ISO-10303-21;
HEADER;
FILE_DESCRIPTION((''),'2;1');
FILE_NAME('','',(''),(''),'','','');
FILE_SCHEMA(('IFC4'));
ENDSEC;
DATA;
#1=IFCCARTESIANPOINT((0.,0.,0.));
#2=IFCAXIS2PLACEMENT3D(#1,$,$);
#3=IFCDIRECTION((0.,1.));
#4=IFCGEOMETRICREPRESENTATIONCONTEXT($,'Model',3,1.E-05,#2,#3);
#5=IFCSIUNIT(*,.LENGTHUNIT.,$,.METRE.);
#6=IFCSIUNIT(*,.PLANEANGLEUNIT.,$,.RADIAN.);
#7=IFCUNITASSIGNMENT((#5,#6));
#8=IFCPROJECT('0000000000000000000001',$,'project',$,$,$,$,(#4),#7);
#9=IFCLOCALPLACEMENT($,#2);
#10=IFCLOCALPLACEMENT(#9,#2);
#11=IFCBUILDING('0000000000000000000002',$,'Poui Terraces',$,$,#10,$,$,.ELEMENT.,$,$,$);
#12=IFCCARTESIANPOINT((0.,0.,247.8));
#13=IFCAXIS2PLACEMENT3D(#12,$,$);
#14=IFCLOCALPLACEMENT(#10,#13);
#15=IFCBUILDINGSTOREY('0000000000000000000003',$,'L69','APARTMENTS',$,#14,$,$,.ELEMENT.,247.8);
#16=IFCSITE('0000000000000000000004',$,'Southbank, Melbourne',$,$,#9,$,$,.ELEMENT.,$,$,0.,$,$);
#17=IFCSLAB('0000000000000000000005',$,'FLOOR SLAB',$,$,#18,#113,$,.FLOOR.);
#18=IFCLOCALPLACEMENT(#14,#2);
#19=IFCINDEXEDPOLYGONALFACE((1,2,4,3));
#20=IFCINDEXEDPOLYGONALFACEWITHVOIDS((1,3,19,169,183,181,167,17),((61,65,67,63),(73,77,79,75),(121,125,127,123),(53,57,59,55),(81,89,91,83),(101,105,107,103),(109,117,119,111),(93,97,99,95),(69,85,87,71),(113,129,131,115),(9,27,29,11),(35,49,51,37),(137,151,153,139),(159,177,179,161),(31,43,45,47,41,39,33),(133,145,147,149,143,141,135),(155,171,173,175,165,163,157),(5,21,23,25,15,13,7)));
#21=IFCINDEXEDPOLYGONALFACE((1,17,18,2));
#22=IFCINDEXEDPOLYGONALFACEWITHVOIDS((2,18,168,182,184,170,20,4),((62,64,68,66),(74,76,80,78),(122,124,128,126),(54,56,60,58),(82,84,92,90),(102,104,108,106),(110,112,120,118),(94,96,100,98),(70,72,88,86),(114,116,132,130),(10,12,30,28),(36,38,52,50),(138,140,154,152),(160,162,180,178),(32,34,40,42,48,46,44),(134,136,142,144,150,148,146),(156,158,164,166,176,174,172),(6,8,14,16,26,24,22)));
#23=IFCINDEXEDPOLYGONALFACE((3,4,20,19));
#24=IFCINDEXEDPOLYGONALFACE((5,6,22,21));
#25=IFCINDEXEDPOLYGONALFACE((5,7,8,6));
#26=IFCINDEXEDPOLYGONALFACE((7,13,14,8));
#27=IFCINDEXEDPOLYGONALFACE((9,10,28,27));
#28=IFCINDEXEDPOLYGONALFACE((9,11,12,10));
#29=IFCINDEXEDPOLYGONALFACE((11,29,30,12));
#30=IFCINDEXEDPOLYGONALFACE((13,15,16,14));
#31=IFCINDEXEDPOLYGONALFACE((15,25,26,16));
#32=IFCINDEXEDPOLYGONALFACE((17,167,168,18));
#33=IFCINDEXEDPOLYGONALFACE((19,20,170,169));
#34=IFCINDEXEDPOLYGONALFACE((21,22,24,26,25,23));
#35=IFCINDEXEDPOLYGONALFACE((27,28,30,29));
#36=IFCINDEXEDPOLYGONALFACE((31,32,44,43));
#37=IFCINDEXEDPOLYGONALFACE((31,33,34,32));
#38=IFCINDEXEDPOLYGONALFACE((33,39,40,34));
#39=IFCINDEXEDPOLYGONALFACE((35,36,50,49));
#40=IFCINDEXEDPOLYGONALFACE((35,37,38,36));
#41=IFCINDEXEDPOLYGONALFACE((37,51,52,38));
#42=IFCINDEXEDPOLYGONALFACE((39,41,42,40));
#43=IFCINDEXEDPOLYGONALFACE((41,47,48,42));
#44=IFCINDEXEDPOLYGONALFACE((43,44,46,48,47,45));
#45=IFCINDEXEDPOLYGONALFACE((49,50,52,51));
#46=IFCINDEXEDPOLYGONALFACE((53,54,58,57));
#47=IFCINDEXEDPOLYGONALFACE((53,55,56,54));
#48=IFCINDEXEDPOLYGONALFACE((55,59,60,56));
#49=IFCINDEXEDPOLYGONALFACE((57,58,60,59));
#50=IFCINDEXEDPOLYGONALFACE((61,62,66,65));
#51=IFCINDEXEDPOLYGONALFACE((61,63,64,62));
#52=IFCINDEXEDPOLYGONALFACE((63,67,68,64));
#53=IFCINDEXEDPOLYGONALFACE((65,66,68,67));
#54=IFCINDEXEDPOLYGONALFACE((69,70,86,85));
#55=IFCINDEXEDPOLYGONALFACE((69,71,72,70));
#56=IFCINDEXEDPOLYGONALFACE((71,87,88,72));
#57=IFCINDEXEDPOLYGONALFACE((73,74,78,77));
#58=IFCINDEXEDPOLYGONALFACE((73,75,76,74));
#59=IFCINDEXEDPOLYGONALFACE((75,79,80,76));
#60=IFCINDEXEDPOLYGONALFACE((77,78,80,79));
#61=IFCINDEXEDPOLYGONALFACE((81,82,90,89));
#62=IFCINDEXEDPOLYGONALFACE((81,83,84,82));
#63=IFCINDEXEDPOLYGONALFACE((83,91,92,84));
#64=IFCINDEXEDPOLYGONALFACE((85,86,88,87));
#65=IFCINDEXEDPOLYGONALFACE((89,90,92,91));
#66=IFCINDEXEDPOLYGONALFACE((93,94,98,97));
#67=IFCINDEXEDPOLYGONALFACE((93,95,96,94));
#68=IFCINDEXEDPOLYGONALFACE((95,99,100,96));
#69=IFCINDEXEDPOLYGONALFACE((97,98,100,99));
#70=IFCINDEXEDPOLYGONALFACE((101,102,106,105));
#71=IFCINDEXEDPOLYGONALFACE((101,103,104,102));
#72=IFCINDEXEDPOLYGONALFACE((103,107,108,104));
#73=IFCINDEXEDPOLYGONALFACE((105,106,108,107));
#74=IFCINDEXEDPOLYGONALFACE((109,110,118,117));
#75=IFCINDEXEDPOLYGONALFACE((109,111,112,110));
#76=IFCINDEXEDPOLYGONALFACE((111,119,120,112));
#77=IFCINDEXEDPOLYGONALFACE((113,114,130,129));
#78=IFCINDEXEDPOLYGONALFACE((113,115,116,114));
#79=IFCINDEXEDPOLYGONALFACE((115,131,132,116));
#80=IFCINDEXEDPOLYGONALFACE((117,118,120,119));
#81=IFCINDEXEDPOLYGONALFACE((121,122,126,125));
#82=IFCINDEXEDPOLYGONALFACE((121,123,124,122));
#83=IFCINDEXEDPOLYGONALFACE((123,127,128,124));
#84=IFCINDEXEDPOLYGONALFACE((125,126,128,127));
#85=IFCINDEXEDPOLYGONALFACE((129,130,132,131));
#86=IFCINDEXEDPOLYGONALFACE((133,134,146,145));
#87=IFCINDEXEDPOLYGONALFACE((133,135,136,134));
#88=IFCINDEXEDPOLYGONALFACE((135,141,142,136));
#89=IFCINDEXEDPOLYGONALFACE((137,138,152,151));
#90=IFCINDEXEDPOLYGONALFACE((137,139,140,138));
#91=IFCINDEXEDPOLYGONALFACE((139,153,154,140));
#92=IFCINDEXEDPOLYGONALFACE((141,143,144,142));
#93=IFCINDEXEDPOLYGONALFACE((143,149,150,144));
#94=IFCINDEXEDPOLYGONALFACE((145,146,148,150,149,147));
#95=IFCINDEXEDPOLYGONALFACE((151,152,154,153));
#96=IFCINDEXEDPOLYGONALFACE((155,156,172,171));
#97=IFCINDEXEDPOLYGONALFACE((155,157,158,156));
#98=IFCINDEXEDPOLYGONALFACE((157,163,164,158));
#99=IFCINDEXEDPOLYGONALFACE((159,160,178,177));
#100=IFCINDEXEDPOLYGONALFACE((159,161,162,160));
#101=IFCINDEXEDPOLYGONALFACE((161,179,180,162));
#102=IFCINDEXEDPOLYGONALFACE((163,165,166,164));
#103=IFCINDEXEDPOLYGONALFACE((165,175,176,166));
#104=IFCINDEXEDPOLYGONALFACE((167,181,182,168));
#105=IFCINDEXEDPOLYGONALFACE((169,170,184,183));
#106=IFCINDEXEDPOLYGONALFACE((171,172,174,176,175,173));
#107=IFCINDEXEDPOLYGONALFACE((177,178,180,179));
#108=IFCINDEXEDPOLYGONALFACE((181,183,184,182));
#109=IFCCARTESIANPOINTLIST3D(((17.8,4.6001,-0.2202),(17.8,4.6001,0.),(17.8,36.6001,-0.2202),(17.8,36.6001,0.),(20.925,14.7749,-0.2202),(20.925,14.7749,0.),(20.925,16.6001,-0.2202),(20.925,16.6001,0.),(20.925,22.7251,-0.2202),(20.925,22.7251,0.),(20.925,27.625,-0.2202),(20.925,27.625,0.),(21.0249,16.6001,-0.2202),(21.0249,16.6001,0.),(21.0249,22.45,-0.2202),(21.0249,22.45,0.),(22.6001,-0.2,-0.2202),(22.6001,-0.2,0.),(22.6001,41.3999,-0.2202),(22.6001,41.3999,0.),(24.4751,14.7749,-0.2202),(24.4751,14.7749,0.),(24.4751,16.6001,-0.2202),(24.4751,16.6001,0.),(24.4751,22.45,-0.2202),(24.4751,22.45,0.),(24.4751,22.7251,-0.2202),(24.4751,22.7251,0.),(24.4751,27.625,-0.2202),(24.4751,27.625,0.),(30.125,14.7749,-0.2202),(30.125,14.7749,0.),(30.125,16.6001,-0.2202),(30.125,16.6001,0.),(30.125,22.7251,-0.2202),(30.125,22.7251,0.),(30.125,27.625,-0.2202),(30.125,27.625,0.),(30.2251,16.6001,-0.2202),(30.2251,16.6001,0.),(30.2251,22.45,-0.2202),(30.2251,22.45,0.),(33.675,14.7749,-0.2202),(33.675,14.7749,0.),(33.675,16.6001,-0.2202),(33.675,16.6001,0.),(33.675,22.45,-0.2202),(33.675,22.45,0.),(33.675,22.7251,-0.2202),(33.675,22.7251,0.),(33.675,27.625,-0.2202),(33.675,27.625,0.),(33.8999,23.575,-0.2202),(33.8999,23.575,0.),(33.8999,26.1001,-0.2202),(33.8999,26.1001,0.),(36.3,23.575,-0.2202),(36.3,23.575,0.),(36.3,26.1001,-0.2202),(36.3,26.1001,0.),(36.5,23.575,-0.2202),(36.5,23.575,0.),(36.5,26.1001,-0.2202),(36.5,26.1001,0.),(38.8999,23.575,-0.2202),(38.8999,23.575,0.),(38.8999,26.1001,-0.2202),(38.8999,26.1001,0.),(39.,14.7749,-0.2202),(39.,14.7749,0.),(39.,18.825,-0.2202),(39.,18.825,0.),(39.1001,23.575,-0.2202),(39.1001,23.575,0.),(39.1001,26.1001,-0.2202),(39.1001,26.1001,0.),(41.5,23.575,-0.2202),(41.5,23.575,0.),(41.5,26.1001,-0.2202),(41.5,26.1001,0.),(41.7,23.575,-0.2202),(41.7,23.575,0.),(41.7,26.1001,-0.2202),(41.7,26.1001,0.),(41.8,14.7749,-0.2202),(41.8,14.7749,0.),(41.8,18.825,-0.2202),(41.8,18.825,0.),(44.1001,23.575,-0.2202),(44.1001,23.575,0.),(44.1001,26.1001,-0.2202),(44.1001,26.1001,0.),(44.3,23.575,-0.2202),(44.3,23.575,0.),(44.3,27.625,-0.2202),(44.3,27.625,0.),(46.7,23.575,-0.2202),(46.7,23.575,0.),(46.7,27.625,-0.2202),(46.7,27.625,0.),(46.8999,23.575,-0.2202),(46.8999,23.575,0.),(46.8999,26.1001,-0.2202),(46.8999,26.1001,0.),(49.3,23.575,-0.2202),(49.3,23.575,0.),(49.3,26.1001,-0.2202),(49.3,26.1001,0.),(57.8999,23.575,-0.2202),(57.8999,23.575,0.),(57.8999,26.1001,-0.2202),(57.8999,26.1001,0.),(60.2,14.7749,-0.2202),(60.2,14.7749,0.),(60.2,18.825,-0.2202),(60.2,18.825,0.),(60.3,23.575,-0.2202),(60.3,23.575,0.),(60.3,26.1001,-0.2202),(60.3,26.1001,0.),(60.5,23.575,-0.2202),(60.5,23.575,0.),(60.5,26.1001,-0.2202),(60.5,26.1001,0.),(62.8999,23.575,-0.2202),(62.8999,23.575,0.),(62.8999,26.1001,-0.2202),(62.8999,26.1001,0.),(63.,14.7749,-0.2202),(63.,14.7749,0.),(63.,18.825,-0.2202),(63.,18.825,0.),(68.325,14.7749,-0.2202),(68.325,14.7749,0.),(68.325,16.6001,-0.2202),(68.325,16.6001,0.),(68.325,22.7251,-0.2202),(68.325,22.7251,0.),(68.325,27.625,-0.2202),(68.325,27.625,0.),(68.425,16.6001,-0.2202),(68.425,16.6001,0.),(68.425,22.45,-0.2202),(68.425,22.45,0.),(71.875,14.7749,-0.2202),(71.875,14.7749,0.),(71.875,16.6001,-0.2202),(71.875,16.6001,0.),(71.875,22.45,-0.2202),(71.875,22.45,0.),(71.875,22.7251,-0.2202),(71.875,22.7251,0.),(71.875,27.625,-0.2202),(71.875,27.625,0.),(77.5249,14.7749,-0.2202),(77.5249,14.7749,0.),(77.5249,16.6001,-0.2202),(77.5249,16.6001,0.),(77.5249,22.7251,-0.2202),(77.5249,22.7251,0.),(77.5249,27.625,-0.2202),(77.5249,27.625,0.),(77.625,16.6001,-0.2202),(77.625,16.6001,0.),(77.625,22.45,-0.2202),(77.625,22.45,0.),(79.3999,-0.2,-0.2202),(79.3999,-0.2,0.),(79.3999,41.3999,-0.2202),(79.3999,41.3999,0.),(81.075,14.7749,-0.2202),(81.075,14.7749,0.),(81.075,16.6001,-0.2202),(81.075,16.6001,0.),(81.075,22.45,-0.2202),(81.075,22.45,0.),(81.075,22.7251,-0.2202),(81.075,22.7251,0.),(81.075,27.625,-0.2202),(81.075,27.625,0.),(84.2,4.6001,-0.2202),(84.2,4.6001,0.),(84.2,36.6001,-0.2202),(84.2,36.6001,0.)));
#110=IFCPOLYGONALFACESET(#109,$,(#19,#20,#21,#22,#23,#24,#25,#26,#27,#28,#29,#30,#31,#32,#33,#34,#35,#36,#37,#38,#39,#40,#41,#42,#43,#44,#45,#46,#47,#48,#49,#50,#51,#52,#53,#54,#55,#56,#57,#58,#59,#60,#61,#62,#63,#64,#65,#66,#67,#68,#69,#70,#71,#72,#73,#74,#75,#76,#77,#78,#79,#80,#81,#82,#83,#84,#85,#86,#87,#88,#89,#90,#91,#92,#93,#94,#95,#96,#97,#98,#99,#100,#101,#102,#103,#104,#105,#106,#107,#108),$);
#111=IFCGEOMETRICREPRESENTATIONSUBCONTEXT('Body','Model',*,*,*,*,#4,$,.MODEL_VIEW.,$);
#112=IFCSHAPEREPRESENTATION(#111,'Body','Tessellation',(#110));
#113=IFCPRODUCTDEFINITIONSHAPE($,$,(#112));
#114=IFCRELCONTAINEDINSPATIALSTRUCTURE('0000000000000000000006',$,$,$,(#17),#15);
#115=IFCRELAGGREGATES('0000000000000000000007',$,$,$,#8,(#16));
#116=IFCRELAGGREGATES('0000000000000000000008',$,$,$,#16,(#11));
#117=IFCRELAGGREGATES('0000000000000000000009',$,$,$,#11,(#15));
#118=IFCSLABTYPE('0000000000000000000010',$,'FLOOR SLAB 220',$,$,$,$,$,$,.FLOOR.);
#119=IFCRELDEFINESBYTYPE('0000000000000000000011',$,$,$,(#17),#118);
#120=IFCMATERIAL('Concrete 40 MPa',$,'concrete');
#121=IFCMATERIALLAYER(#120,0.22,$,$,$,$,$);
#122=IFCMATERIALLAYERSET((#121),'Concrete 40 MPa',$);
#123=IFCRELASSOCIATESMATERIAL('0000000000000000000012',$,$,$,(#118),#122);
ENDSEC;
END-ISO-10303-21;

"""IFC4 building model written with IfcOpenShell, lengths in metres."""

from ifc_helpers import new_model, si_unit, direction, frame, origin, place, context, subcontext, project, spatial, polyline, outline, extrude, source, transform, mapped, material, layer, layer_set, type_object, element, save


model = new_model("IFC4")

# Units and contexts
model_context = context("Model", 3, precision=1e-05, world=origin(), true_north=direction((0.0, 1.0)))
body_context = subcontext(model_context, "Body", "Model", "MODEL_VIEW")
ifc_project = project(units=[si_unit("LENGTHUNIT", "METRE"), si_unit("PLANEANGLEUNIT", "RADIAN")], contexts=[model_context])

# Site, building, storey
site_placement = place(None, origin())
site = spatial("IfcSite", under=ifc_project, at=site_placement, Name="Southbank, Melbourne", CompositionType="ELEMENT", RefElevation=0.0)
building_placement = place(site_placement, origin())
building = spatial("IfcBuilding", under=site, at=building_placement, Name="Poui Terraces", CompositionType="ELEMENT")
storey_placement = place(building_placement, frame((0.0, 0.0, 247.8)))
storey = spatial("IfcBuildingStorey", under=building, at=storey_placement, Name="L69", Description="APARTMENTS", CompositionType="ELEMENT", Elevation=247.8)

# Slab
ifc_material = material(Name="Concrete 40 MPa", Category="concrete")
ifc_layer = layer(ifc_material, 0.22)
ifc_layer_set = layer_set([ifc_layer], Name="Concrete 40 MPa")
slab_type = type_object("IfcSlabType", Name="FLOOR SLAB 220", PredefinedType="FLOOR", material=ifc_layer_set)
shared_shape = source(origin(), body_context, "Body", "SweptSolid", [
    extrude(outline(polyline([(0.0, 0.0), (4.8, -4.8), (61.5999, -4.8), (66.3999, 0.0), (66.3999, 32.0), (61.5999, 36.7998), (4.8, 36.7998), (0.0, 32.0), (0.0, 0.0)]), holes=[polyline([(21.2, 10.1748), (21.2, 14.2249), (24.0, 14.2249), (24.0, 10.1748), (21.2, 10.1748)]), polyline([(3.2249, 17.8499), (6.675, 17.8499), (6.675, 12.0), (6.675, 10.1748), (3.125, 10.1748), (3.125, 12.0), (3.2249, 12.0), (3.2249, 17.8499)]), polyline([(12.425, 17.8499), (15.875, 17.8499), (15.875, 12.0), (15.875, 10.1748), (12.325, 10.1748), (12.325, 12.0), (12.425, 12.0), (12.425, 17.8499)]), polyline([(16.0999, 18.9749), (16.0999, 21.5), (18.5, 21.5), (18.5, 18.9749), (16.0999, 18.9749)]), polyline([(18.7, 18.9749), (18.7, 21.5), (21.0999, 21.5), (21.0999, 18.9749), (18.7, 18.9749)]), polyline([(21.3, 18.9749), (21.3, 21.5), (23.7, 21.5), (23.7, 18.9749), (21.3, 18.9749)]), polyline([(23.8999, 18.9749), (23.8999, 21.5), (26.3, 21.5), (26.3, 18.9749), (23.8999, 18.9749)]), polyline([(3.125, 23.0249), (6.675, 23.0249), (6.675, 18.125), (3.125, 18.125), (3.125, 23.0249)]), polyline([(12.325, 23.0249), (15.875, 23.0249), (15.875, 18.125), (12.325, 18.125), (12.325, 23.0249)]), polyline([(42.3999, 10.1748), (42.3999, 14.2249), (45.2, 14.2249), (45.2, 10.1748), (42.3999, 10.1748)]), polyline([(50.625, 17.8499), (54.075, 17.8499), (54.075, 12.0), (54.075, 10.1748), (50.5249, 10.1748), (50.5249, 12.0), (50.625, 12.0), (50.625, 17.8499)]), polyline([(59.825, 17.8499), (63.2749, 17.8499), (63.2749, 12.0), (63.2749, 10.1748), (59.7249, 10.1748), (59.7249, 12.0), (59.825, 12.0), (59.825, 17.8499)]), polyline([(29.0999, 18.9749), (29.0999, 21.5), (31.5, 21.5), (31.5, 18.9749), (29.0999, 18.9749)]), polyline([(40.0999, 18.9749), (40.0999, 21.5), (42.5, 21.5), (42.5, 18.9749), (40.0999, 18.9749)]), polyline([(42.7, 18.9749), (42.7, 21.5), (45.0999, 21.5), (45.0999, 18.9749), (42.7, 18.9749)]), polyline([(50.5249, 18.125), (50.5249, 23.0249), (54.075, 23.0249), (54.075, 18.125), (50.5249, 18.125)]), polyline([(59.7249, 23.0249), (63.2749, 23.0249), (63.2749, 18.125), (59.7249, 18.125), (59.7249, 23.0249)]), polyline([(26.5, 23.0249), (28.8999, 23.0249), (28.8999, 18.9749), (26.5, 18.9749), (26.5, 23.0249)])]), origin(), (0.0, 0.0, 1.0), 0.2202),
])
slab_placement = place(storey_placement, frame((17.8, 4.6001, -0.2202)))
element("IfcSlab", 1, at=slab_placement, inside=storey, type_object=slab_type, Name="FLOOR SLAB", PredefinedType="FLOOR", context=body_context, shape_type="MappedRepresentation", body=[
    mapped(shared_shape, transform((0.0, 0.0, 0.0))),
])

save(model, "model.ifc")
